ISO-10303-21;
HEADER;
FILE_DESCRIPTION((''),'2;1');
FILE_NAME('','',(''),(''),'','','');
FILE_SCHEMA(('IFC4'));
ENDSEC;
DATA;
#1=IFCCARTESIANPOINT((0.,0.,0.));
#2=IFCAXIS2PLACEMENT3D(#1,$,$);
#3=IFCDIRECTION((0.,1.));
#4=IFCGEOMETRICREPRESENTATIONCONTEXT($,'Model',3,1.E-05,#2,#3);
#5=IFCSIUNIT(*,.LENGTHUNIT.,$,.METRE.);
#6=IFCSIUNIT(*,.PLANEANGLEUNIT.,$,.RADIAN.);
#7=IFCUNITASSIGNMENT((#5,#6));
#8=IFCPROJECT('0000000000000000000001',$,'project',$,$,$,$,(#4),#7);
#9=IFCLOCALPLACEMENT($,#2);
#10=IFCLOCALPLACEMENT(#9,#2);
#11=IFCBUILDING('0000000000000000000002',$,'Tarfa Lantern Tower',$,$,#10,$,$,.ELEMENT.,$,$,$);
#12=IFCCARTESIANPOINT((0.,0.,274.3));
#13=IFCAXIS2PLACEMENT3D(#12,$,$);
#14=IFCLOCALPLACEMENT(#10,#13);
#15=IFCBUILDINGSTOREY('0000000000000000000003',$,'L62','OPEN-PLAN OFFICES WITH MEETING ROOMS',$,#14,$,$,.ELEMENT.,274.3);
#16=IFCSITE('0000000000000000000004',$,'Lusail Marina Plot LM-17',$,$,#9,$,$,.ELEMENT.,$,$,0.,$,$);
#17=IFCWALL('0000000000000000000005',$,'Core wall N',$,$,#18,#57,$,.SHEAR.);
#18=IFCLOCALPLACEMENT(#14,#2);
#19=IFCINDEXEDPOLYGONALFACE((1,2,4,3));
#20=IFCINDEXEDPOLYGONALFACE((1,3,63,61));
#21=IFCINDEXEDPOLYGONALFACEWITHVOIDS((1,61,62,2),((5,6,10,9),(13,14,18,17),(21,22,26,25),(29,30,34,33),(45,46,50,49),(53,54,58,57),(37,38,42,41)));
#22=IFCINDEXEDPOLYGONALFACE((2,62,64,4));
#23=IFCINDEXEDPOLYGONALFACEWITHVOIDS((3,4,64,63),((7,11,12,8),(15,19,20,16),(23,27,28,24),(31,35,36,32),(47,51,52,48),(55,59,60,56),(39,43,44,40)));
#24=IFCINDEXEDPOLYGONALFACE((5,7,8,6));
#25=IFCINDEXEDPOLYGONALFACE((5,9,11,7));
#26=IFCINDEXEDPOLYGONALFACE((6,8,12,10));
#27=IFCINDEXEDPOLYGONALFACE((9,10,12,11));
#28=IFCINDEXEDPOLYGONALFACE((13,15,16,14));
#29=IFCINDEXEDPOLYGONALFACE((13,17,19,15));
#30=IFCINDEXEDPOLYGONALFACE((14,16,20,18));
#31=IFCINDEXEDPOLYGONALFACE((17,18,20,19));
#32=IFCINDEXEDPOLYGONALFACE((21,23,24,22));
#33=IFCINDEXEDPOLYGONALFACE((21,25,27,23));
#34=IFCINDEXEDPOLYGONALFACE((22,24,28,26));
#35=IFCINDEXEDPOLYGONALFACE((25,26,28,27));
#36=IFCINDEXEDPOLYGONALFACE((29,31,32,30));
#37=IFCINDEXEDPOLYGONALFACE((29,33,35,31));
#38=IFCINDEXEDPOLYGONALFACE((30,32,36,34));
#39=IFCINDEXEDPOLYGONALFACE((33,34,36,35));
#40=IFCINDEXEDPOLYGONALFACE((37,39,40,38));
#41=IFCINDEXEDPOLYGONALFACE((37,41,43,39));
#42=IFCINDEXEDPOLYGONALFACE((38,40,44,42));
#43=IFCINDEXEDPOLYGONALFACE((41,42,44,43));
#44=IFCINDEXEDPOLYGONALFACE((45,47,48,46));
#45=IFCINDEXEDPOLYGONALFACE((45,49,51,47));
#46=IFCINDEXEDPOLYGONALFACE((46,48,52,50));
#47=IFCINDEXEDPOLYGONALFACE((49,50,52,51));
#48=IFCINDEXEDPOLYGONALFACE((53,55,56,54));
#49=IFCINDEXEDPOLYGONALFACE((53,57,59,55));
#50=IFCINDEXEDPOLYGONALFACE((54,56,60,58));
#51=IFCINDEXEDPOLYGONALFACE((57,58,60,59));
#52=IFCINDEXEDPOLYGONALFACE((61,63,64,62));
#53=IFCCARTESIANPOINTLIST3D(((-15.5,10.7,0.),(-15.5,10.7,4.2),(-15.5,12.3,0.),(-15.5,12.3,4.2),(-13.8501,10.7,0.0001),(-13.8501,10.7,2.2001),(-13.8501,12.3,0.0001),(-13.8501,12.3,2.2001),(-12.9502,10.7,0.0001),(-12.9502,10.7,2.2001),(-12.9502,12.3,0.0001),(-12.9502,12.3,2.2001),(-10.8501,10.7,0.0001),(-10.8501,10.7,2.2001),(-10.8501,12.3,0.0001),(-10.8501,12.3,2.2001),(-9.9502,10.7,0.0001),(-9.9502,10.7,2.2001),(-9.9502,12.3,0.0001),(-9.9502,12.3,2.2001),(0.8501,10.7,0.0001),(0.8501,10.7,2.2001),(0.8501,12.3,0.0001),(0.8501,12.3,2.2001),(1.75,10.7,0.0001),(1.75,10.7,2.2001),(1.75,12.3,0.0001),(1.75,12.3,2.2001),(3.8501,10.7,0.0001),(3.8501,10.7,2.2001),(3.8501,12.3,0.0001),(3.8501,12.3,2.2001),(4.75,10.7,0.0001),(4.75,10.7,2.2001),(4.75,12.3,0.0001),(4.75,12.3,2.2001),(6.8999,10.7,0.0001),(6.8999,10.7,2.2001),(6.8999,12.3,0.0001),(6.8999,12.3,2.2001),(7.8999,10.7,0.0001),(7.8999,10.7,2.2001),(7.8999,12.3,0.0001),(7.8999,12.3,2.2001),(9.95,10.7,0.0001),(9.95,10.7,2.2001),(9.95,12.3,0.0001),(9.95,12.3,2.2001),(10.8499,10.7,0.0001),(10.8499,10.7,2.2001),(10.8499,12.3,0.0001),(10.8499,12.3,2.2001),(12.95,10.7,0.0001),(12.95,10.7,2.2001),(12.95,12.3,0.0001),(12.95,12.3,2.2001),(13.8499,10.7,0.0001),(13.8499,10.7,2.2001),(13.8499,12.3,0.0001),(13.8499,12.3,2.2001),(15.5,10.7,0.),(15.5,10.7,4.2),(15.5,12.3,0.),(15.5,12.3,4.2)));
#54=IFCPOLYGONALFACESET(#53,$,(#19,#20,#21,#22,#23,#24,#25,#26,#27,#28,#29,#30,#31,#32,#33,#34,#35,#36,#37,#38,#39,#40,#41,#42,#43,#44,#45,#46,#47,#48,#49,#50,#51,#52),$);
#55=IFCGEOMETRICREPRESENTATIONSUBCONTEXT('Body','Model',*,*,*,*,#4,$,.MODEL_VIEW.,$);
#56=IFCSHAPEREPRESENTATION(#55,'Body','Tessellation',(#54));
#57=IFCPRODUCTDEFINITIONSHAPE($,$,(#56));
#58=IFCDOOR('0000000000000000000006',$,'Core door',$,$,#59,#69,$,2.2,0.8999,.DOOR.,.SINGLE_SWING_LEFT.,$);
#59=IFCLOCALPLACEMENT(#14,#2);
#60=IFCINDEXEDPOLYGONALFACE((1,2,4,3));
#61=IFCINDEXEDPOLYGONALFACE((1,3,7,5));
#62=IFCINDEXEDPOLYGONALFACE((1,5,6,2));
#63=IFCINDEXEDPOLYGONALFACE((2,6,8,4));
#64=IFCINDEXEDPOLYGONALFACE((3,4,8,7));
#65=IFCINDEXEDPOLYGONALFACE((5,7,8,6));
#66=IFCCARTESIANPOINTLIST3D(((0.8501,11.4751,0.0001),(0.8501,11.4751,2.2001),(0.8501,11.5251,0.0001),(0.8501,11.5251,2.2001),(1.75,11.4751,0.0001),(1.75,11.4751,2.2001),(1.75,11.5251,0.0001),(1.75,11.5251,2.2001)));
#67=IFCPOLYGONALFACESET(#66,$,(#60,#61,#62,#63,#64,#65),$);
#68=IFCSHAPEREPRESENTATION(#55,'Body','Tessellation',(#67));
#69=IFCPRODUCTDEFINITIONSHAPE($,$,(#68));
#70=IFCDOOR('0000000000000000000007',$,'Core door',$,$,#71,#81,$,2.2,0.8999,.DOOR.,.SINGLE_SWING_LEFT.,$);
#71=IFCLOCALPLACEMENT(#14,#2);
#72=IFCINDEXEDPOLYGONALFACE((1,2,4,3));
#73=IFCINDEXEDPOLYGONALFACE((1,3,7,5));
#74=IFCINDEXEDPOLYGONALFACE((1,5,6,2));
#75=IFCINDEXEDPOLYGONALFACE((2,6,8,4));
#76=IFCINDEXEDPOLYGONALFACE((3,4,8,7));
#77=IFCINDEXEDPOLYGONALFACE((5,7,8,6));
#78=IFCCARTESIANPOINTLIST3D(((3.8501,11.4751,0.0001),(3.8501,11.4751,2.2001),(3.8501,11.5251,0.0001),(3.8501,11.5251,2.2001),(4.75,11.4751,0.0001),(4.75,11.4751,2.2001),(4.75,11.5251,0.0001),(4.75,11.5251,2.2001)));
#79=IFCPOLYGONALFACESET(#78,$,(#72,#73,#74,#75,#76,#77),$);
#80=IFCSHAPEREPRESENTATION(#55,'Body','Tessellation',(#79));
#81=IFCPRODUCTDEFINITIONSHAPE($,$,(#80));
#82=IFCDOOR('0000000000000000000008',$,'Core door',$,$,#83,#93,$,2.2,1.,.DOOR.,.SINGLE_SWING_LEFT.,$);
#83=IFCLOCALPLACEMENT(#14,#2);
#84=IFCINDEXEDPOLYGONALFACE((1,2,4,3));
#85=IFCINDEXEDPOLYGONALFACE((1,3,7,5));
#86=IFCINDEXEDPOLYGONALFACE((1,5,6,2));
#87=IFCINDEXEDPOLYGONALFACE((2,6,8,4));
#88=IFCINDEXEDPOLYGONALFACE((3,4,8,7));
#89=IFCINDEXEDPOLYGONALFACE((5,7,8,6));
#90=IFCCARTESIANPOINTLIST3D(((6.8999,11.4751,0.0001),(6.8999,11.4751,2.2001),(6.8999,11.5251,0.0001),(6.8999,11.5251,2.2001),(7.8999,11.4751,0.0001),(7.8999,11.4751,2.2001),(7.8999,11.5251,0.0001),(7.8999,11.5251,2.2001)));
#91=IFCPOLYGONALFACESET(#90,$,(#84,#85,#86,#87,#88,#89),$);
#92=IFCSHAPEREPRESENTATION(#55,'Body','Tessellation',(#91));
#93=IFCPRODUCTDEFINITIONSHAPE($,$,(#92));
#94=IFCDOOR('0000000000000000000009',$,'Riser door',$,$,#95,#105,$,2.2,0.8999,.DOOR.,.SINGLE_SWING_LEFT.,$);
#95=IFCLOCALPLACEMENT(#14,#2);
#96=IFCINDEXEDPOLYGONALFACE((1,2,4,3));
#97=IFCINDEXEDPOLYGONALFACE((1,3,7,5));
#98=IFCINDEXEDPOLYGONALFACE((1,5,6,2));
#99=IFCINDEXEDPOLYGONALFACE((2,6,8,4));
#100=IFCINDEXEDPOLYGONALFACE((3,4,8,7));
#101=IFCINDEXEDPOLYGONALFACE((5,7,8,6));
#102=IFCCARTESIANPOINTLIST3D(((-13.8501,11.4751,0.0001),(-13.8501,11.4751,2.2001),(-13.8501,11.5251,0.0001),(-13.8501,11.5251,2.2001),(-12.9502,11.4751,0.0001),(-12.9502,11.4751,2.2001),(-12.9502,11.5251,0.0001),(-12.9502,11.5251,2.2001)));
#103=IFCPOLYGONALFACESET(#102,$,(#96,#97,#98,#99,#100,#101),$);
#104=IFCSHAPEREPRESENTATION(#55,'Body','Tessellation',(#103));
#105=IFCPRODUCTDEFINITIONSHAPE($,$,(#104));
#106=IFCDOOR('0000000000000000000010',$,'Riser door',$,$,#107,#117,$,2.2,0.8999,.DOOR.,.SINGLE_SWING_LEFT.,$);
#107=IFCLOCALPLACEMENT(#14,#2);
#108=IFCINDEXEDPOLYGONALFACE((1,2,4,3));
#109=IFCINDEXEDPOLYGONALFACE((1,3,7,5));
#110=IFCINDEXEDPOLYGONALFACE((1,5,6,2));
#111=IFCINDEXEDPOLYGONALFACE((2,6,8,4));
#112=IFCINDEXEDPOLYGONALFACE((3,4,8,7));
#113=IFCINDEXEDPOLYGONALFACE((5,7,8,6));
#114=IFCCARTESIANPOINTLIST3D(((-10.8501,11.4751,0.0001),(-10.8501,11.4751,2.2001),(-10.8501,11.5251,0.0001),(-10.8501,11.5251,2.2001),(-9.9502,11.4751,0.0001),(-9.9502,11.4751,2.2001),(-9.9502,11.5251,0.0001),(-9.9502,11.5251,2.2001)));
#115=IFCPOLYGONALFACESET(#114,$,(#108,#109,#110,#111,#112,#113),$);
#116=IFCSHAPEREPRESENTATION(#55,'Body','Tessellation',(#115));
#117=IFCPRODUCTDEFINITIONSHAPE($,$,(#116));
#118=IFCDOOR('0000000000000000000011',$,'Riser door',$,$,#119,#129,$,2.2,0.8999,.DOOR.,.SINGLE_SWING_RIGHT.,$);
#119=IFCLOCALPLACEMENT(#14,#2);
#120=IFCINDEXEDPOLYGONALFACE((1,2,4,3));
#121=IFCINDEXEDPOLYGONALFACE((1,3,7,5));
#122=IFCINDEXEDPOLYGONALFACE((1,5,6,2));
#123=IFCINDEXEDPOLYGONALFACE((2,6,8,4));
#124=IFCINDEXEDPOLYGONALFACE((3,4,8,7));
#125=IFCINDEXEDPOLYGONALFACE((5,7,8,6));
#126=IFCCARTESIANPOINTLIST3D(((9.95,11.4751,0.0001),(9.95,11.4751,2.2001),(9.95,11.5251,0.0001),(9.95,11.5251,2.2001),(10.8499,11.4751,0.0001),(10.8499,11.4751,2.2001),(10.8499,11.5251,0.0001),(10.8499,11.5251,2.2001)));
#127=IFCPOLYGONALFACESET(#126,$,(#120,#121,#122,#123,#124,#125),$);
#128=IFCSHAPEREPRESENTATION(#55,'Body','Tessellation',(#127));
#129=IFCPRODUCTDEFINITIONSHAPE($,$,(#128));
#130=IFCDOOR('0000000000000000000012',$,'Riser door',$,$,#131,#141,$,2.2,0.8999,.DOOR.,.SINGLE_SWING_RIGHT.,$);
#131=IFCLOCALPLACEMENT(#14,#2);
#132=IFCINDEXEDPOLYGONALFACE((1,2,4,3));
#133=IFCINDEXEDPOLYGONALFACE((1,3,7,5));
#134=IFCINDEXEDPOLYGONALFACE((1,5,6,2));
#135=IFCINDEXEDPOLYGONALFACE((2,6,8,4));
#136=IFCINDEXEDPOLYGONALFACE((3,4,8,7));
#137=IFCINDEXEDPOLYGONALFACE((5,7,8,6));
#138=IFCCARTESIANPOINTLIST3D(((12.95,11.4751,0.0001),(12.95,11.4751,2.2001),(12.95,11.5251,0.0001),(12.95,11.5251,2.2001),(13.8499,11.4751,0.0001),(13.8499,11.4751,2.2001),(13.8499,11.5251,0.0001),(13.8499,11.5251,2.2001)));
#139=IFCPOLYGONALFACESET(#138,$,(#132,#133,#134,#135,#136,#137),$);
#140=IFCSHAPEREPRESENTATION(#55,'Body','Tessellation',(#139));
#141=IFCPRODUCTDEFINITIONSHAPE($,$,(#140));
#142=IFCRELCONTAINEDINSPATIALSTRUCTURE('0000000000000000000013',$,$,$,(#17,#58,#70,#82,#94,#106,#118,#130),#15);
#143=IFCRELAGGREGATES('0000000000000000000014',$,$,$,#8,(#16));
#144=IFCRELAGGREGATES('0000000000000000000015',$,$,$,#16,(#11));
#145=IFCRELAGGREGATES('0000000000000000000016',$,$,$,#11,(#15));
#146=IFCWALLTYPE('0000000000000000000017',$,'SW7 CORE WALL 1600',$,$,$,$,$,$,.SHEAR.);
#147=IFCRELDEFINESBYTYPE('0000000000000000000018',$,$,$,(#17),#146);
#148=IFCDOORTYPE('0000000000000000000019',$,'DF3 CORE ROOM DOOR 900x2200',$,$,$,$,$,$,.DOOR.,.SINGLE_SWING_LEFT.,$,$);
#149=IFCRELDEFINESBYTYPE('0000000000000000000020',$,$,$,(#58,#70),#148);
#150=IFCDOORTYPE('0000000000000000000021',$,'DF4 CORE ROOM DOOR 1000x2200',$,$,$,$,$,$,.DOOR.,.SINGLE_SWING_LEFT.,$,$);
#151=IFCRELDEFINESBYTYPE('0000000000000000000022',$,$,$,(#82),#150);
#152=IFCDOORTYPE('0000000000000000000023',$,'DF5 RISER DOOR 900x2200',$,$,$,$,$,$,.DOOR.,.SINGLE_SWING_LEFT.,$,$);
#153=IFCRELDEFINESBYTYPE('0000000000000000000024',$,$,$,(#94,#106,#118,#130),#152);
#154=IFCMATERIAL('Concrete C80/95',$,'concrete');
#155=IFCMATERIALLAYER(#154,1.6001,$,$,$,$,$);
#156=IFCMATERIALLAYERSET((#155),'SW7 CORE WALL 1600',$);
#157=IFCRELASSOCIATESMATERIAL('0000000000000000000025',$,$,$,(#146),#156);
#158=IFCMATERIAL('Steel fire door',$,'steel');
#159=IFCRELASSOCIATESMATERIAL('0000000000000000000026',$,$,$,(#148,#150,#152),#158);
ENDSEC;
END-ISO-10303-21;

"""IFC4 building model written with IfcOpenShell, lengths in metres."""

from ifc_helpers import new_model, si_unit, direction, frame, frame_2d, origin, place, context, subcontext, project, spatial, rectangle, extrude, material, layer, layer_set, type_object, element, fill, save


model = new_model("IFC4")

# Units and contexts
model_context = context("Model", 3, precision=1e-05, world=origin(), true_north=direction((0.0, 1.0)))
body_context = subcontext(model_context, "Body", "Model", "MODEL_VIEW")
ifc_project = project(units=[si_unit("LENGTHUNIT", "METRE"), si_unit("PLANEANGLEUNIT", "RADIAN")], contexts=[model_context])

# Site, building, storey
site_placement = place(None, origin())
site = spatial("IfcSite", under=ifc_project, at=site_placement, Name="Lusail Marina Plot LM-17", CompositionType="ELEMENT", RefElevation=0.0)
building_placement = place(site_placement, origin())
building = spatial("IfcBuilding", under=site, at=building_placement, Name="Tarfa Lantern Tower", CompositionType="ELEMENT")
storey_placement = place(building_placement, frame((0.0, 0.0, 274.3)))
storey = spatial("IfcBuildingStorey", under=building, at=storey_placement, Name="L62", Description="OPEN-PLAN OFFICES WITH MEETING ROOMS", CompositionType="ELEMENT", Elevation=274.3)

# Shared definitions
ifc_material_1 = material(Name="Concrete C80/95", Category="concrete")

# Shared definitions
ifc_material_2 = material(Name="Steel fire door", Category="steel")

# Wall, openings, doors
ifc_layer_1 = layer(ifc_material_1, 1.6001)
ifc_layer_set_1 = layer_set([ifc_layer_1], Name="SW7 CORE WALL 1600")
wall_type_1 = type_object("IfcWallType", Name="SW7 CORE WALL 1600", PredefinedType="SHEAR", material=ifc_layer_set_1)
wall_1_placement = place(storey_placement, frame((-15.5, 11.5, 0.0), z_axis=(0.0, 0.0, 1.0), x_axis=(1.0, 0.0, 0.0)))
wall_1 = element("IfcWall", 1, at=wall_1_placement, inside=storey, type_object=wall_type_1, Name="Core wall N", PredefinedType="SHEAR", context=body_context, shape_type="SweptSolid", body=[
    extrude(rectangle(XDim=31.0, YDim=1.6001, at=frame_2d((15.5, 0.0))), origin(), (0.0, 0.0, 1.0), 4.2),
])
opening_1_placement = place(wall_1_placement, frame((16.3501, 0.0, 0.0)))
opening_1 = element("IfcOpeningElement", 2, at=opening_1_placement, cuts=wall_1, PredefinedType="OPENING", context=body_context, shape_type="SweptSolid", body=[
    extrude(rectangle(XDim=0.8999, YDim=2.2, at=frame_2d((0.45, 1.1001))), frame((0.0, 0.8101, 0.0), z_axis=(0.0, -1.0, 0.0), x_axis=(1.0, 0.0, 0.0)), (0.0, 0.0, 1.0), 1.6201),
])
opening_2_placement = place(wall_1_placement, frame((19.3501, 0.0, 0.0)))
opening_2 = element("IfcOpeningElement", 3, at=opening_2_placement, cuts=wall_1, PredefinedType="OPENING", context=body_context, shape_type="SweptSolid", body=[
    extrude(rectangle(XDim=0.8999, YDim=2.2, at=frame_2d((0.45, 1.1001))), frame((0.0, 0.8101, 0.0), z_axis=(0.0, -1.0, 0.0), x_axis=(1.0, 0.0, 0.0)), (0.0, 0.0, 1.0), 1.6201),
])
opening_3_placement = place(wall_1_placement, frame((22.3999, 0.0, 0.0)))
opening_3 = element("IfcOpeningElement", 4, at=opening_3_placement, cuts=wall_1, PredefinedType="OPENING", context=body_context, shape_type="SweptSolid", body=[
    extrude(rectangle(XDim=1.0, YDim=2.2, at=frame_2d((0.5, 1.1001))), frame((0.0, 0.8101, 0.0), z_axis=(0.0, -1.0, 0.0), x_axis=(1.0, 0.0, 0.0)), (0.0, 0.0, 1.0), 1.6201),
])
opening_4_placement = place(wall_1_placement, frame((1.6499, 0.0, 0.0)))
opening_4 = element("IfcOpeningElement", 5, at=opening_4_placement, cuts=wall_1, PredefinedType="OPENING", context=body_context, shape_type="SweptSolid", body=[
    extrude(rectangle(XDim=0.8999, YDim=2.2, at=frame_2d((0.45, 1.1001))), frame((0.0, 0.8101, 0.0), z_axis=(0.0, -1.0, 0.0), x_axis=(1.0, 0.0, 0.0)), (0.0, 0.0, 1.0), 1.6201),
])
opening_5_placement = place(wall_1_placement, frame((4.6499, 0.0, 0.0)))
opening_5 = element("IfcOpeningElement", 6, at=opening_5_placement, cuts=wall_1, PredefinedType="OPENING", context=body_context, shape_type="SweptSolid", body=[
    extrude(rectangle(XDim=0.8999, YDim=2.2, at=frame_2d((0.45, 1.1001))), frame((0.0, 0.8101, 0.0), z_axis=(0.0, -1.0, 0.0), x_axis=(1.0, 0.0, 0.0)), (0.0, 0.0, 1.0), 1.6201),
])
opening_6_placement = place(wall_1_placement, frame((25.45, 0.0, 0.0)))
opening_6 = element("IfcOpeningElement", 7, at=opening_6_placement, cuts=wall_1, PredefinedType="OPENING", context=body_context, shape_type="SweptSolid", body=[
    extrude(rectangle(XDim=0.8999, YDim=2.2, at=frame_2d((0.45, 1.1001))), frame((0.0, 0.8101, 0.0), z_axis=(0.0, -1.0, 0.0), x_axis=(1.0, 0.0, 0.0)), (0.0, 0.0, 1.0), 1.6201),
])
opening_7_placement = place(wall_1_placement, frame((28.45, 0.0, 0.0)))
opening_7 = element("IfcOpeningElement", 8, at=opening_7_placement, cuts=wall_1, PredefinedType="OPENING", context=body_context, shape_type="SweptSolid", body=[
    extrude(rectangle(XDim=0.8999, YDim=2.2, at=frame_2d((0.45, 1.1001))), frame((0.0, 0.8101, 0.0), z_axis=(0.0, -1.0, 0.0), x_axis=(1.0, 0.0, 0.0)), (0.0, 0.0, 1.0), 1.6201),
])
door_type_1 = type_object("IfcDoorType", Name="DF3 CORE ROOM DOOR 900x2200", OperationType="SINGLE_SWING_LEFT", PredefinedType="DOOR", material=ifc_material_2)
door_1_placement = place(opening_1_placement, frame((0.8999, 0.0, 0.0), z_axis=(0.0, 0.0, 1.0), x_axis=(-1.0, 0.0, 0.0)))
door_1 = element("IfcDoor", 9, at=door_1_placement, inside=storey, type_object=door_type_1, Name="Core door", OperationType="SINGLE_SWING_LEFT", OverallHeight=2.2, OverallWidth=0.8999, PredefinedType="DOOR", context=body_context, shape_type="SweptSolid", body=[
    extrude(rectangle(XDim=0.8999, YDim=2.2, at=frame_2d((0.45, 1.1001))), frame((0.0, 0.0249, 0.0), z_axis=(0.0, -1.0, 0.0), x_axis=(1.0, 0.0, 0.0)), (0.0, 0.0, 1.0), 0.05),
])
fill(opening_1, door_1)
door_2_placement = place(opening_2_placement, frame((0.8999, 0.0, 0.0), z_axis=(0.0, 0.0, 1.0), x_axis=(-1.0, 0.0, 0.0)))
door_2 = element("IfcDoor", 10, at=door_2_placement, inside=storey, type_object=door_type_1, Name="Core door", OperationType="SINGLE_SWING_LEFT", OverallHeight=2.2, OverallWidth=0.8999, PredefinedType="DOOR", context=body_context, shape_type="SweptSolid", body=[
    extrude(rectangle(XDim=0.8999, YDim=2.2, at=frame_2d((0.45, 1.1001))), frame((0.0, 0.0249, 0.0), z_axis=(0.0, -1.0, 0.0), x_axis=(1.0, 0.0, 0.0)), (0.0, 0.0, 1.0), 0.05),
])
fill(opening_2, door_2)
door_type_2 = type_object("IfcDoorType", Name="DF4 CORE ROOM DOOR 1000x2200", OperationType="SINGLE_SWING_LEFT", PredefinedType="DOOR", material=ifc_material_2)
door_3_placement = place(opening_3_placement, frame((1.0, 0.0, 0.0), z_axis=(0.0, 0.0, 1.0), x_axis=(-1.0, 0.0, 0.0)))
door_3 = element("IfcDoor", 11, at=door_3_placement, inside=storey, type_object=door_type_2, Name="Core door", OperationType="SINGLE_SWING_LEFT", OverallHeight=2.2, OverallWidth=1.0, PredefinedType="DOOR", context=body_context, shape_type="SweptSolid", body=[
    extrude(rectangle(XDim=1.0, YDim=2.2, at=frame_2d((0.5, 1.1001))), frame((0.0, 0.0249, 0.0), z_axis=(0.0, -1.0, 0.0), x_axis=(1.0, 0.0, 0.0)), (0.0, 0.0, 1.0), 0.05),
])
fill(opening_3, door_3)
door_type_3 = type_object("IfcDoorType", Name="DF5 RISER DOOR 900x2200", OperationType="SINGLE_SWING_LEFT", PredefinedType="DOOR", material=ifc_material_2)
door_4_placement = place(opening_4_placement, frame((0.8999, 0.0, 0.0), z_axis=(0.0, 0.0, 1.0), x_axis=(-1.0, 0.0, 0.0)))
door_4 = element("IfcDoor", 12, at=door_4_placement, inside=storey, type_object=door_type_3, Name="Riser door", OperationType="SINGLE_SWING_LEFT", OverallHeight=2.2, OverallWidth=0.8999, PredefinedType="DOOR", context=body_context, shape_type="SweptSolid", body=[
    extrude(rectangle(XDim=0.8999, YDim=2.2, at=frame_2d((0.45, 1.1001))), frame((0.0, 0.0249, 0.0), z_axis=(0.0, -1.0, 0.0), x_axis=(1.0, 0.0, 0.0)), (0.0, 0.0, 1.0), 0.05),
])
fill(opening_4, door_4)
door_5_placement = place(opening_5_placement, frame((0.8999, 0.0, 0.0), z_axis=(0.0, 0.0, 1.0), x_axis=(-1.0, 0.0, 0.0)))
door_5 = element("IfcDoor", 13, at=door_5_placement, inside=storey, type_object=door_type_3, Name="Riser door", OperationType="SINGLE_SWING_LEFT", OverallHeight=2.2, OverallWidth=0.8999, PredefinedType="DOOR", context=body_context, shape_type="SweptSolid", body=[
    extrude(rectangle(XDim=0.8999, YDim=2.2, at=frame_2d((0.45, 1.1001))), frame((0.0, 0.0249, 0.0), z_axis=(0.0, -1.0, 0.0), x_axis=(1.0, 0.0, 0.0)), (0.0, 0.0, 1.0), 0.05),
])
fill(opening_5, door_5)
door_6_placement = place(opening_6_placement, frame((0.8999, 0.0, 0.0), z_axis=(0.0, 0.0, 1.0), x_axis=(-1.0, 0.0, 0.0)))
door_6 = element("IfcDoor", 14, at=door_6_placement, inside=storey, type_object=door_type_3, Name="Riser door", OperationType="SINGLE_SWING_RIGHT", OverallHeight=2.2, OverallWidth=0.8999, PredefinedType="DOOR", context=body_context, shape_type="SweptSolid", body=[
    extrude(rectangle(XDim=0.8999, YDim=2.2, at=frame_2d((0.45, 1.1001))), frame((0.0, 0.0249, 0.0), z_axis=(0.0, -1.0, 0.0), x_axis=(1.0, 0.0, 0.0)), (0.0, 0.0, 1.0), 0.05),
])
fill(opening_6, door_6)
door_7_placement = place(opening_7_placement, frame((0.8999, 0.0, 0.0), z_axis=(0.0, 0.0, 1.0), x_axis=(-1.0, 0.0, 0.0)))
door_7 = element("IfcDoor", 15, at=door_7_placement, inside=storey, type_object=door_type_3, Name="Riser door", OperationType="SINGLE_SWING_RIGHT", OverallHeight=2.2, OverallWidth=0.8999, PredefinedType="DOOR", context=body_context, shape_type="SweptSolid", body=[
    extrude(rectangle(XDim=0.8999, YDim=2.2, at=frame_2d((0.45, 1.1001))), frame((0.0, 0.0249, 0.0), z_axis=(0.0, -1.0, 0.0), x_axis=(1.0, 0.0, 0.0)), (0.0, 0.0, 1.0), 0.05),
])
fill(opening_7, door_7)

save(model, "model.ifc")
